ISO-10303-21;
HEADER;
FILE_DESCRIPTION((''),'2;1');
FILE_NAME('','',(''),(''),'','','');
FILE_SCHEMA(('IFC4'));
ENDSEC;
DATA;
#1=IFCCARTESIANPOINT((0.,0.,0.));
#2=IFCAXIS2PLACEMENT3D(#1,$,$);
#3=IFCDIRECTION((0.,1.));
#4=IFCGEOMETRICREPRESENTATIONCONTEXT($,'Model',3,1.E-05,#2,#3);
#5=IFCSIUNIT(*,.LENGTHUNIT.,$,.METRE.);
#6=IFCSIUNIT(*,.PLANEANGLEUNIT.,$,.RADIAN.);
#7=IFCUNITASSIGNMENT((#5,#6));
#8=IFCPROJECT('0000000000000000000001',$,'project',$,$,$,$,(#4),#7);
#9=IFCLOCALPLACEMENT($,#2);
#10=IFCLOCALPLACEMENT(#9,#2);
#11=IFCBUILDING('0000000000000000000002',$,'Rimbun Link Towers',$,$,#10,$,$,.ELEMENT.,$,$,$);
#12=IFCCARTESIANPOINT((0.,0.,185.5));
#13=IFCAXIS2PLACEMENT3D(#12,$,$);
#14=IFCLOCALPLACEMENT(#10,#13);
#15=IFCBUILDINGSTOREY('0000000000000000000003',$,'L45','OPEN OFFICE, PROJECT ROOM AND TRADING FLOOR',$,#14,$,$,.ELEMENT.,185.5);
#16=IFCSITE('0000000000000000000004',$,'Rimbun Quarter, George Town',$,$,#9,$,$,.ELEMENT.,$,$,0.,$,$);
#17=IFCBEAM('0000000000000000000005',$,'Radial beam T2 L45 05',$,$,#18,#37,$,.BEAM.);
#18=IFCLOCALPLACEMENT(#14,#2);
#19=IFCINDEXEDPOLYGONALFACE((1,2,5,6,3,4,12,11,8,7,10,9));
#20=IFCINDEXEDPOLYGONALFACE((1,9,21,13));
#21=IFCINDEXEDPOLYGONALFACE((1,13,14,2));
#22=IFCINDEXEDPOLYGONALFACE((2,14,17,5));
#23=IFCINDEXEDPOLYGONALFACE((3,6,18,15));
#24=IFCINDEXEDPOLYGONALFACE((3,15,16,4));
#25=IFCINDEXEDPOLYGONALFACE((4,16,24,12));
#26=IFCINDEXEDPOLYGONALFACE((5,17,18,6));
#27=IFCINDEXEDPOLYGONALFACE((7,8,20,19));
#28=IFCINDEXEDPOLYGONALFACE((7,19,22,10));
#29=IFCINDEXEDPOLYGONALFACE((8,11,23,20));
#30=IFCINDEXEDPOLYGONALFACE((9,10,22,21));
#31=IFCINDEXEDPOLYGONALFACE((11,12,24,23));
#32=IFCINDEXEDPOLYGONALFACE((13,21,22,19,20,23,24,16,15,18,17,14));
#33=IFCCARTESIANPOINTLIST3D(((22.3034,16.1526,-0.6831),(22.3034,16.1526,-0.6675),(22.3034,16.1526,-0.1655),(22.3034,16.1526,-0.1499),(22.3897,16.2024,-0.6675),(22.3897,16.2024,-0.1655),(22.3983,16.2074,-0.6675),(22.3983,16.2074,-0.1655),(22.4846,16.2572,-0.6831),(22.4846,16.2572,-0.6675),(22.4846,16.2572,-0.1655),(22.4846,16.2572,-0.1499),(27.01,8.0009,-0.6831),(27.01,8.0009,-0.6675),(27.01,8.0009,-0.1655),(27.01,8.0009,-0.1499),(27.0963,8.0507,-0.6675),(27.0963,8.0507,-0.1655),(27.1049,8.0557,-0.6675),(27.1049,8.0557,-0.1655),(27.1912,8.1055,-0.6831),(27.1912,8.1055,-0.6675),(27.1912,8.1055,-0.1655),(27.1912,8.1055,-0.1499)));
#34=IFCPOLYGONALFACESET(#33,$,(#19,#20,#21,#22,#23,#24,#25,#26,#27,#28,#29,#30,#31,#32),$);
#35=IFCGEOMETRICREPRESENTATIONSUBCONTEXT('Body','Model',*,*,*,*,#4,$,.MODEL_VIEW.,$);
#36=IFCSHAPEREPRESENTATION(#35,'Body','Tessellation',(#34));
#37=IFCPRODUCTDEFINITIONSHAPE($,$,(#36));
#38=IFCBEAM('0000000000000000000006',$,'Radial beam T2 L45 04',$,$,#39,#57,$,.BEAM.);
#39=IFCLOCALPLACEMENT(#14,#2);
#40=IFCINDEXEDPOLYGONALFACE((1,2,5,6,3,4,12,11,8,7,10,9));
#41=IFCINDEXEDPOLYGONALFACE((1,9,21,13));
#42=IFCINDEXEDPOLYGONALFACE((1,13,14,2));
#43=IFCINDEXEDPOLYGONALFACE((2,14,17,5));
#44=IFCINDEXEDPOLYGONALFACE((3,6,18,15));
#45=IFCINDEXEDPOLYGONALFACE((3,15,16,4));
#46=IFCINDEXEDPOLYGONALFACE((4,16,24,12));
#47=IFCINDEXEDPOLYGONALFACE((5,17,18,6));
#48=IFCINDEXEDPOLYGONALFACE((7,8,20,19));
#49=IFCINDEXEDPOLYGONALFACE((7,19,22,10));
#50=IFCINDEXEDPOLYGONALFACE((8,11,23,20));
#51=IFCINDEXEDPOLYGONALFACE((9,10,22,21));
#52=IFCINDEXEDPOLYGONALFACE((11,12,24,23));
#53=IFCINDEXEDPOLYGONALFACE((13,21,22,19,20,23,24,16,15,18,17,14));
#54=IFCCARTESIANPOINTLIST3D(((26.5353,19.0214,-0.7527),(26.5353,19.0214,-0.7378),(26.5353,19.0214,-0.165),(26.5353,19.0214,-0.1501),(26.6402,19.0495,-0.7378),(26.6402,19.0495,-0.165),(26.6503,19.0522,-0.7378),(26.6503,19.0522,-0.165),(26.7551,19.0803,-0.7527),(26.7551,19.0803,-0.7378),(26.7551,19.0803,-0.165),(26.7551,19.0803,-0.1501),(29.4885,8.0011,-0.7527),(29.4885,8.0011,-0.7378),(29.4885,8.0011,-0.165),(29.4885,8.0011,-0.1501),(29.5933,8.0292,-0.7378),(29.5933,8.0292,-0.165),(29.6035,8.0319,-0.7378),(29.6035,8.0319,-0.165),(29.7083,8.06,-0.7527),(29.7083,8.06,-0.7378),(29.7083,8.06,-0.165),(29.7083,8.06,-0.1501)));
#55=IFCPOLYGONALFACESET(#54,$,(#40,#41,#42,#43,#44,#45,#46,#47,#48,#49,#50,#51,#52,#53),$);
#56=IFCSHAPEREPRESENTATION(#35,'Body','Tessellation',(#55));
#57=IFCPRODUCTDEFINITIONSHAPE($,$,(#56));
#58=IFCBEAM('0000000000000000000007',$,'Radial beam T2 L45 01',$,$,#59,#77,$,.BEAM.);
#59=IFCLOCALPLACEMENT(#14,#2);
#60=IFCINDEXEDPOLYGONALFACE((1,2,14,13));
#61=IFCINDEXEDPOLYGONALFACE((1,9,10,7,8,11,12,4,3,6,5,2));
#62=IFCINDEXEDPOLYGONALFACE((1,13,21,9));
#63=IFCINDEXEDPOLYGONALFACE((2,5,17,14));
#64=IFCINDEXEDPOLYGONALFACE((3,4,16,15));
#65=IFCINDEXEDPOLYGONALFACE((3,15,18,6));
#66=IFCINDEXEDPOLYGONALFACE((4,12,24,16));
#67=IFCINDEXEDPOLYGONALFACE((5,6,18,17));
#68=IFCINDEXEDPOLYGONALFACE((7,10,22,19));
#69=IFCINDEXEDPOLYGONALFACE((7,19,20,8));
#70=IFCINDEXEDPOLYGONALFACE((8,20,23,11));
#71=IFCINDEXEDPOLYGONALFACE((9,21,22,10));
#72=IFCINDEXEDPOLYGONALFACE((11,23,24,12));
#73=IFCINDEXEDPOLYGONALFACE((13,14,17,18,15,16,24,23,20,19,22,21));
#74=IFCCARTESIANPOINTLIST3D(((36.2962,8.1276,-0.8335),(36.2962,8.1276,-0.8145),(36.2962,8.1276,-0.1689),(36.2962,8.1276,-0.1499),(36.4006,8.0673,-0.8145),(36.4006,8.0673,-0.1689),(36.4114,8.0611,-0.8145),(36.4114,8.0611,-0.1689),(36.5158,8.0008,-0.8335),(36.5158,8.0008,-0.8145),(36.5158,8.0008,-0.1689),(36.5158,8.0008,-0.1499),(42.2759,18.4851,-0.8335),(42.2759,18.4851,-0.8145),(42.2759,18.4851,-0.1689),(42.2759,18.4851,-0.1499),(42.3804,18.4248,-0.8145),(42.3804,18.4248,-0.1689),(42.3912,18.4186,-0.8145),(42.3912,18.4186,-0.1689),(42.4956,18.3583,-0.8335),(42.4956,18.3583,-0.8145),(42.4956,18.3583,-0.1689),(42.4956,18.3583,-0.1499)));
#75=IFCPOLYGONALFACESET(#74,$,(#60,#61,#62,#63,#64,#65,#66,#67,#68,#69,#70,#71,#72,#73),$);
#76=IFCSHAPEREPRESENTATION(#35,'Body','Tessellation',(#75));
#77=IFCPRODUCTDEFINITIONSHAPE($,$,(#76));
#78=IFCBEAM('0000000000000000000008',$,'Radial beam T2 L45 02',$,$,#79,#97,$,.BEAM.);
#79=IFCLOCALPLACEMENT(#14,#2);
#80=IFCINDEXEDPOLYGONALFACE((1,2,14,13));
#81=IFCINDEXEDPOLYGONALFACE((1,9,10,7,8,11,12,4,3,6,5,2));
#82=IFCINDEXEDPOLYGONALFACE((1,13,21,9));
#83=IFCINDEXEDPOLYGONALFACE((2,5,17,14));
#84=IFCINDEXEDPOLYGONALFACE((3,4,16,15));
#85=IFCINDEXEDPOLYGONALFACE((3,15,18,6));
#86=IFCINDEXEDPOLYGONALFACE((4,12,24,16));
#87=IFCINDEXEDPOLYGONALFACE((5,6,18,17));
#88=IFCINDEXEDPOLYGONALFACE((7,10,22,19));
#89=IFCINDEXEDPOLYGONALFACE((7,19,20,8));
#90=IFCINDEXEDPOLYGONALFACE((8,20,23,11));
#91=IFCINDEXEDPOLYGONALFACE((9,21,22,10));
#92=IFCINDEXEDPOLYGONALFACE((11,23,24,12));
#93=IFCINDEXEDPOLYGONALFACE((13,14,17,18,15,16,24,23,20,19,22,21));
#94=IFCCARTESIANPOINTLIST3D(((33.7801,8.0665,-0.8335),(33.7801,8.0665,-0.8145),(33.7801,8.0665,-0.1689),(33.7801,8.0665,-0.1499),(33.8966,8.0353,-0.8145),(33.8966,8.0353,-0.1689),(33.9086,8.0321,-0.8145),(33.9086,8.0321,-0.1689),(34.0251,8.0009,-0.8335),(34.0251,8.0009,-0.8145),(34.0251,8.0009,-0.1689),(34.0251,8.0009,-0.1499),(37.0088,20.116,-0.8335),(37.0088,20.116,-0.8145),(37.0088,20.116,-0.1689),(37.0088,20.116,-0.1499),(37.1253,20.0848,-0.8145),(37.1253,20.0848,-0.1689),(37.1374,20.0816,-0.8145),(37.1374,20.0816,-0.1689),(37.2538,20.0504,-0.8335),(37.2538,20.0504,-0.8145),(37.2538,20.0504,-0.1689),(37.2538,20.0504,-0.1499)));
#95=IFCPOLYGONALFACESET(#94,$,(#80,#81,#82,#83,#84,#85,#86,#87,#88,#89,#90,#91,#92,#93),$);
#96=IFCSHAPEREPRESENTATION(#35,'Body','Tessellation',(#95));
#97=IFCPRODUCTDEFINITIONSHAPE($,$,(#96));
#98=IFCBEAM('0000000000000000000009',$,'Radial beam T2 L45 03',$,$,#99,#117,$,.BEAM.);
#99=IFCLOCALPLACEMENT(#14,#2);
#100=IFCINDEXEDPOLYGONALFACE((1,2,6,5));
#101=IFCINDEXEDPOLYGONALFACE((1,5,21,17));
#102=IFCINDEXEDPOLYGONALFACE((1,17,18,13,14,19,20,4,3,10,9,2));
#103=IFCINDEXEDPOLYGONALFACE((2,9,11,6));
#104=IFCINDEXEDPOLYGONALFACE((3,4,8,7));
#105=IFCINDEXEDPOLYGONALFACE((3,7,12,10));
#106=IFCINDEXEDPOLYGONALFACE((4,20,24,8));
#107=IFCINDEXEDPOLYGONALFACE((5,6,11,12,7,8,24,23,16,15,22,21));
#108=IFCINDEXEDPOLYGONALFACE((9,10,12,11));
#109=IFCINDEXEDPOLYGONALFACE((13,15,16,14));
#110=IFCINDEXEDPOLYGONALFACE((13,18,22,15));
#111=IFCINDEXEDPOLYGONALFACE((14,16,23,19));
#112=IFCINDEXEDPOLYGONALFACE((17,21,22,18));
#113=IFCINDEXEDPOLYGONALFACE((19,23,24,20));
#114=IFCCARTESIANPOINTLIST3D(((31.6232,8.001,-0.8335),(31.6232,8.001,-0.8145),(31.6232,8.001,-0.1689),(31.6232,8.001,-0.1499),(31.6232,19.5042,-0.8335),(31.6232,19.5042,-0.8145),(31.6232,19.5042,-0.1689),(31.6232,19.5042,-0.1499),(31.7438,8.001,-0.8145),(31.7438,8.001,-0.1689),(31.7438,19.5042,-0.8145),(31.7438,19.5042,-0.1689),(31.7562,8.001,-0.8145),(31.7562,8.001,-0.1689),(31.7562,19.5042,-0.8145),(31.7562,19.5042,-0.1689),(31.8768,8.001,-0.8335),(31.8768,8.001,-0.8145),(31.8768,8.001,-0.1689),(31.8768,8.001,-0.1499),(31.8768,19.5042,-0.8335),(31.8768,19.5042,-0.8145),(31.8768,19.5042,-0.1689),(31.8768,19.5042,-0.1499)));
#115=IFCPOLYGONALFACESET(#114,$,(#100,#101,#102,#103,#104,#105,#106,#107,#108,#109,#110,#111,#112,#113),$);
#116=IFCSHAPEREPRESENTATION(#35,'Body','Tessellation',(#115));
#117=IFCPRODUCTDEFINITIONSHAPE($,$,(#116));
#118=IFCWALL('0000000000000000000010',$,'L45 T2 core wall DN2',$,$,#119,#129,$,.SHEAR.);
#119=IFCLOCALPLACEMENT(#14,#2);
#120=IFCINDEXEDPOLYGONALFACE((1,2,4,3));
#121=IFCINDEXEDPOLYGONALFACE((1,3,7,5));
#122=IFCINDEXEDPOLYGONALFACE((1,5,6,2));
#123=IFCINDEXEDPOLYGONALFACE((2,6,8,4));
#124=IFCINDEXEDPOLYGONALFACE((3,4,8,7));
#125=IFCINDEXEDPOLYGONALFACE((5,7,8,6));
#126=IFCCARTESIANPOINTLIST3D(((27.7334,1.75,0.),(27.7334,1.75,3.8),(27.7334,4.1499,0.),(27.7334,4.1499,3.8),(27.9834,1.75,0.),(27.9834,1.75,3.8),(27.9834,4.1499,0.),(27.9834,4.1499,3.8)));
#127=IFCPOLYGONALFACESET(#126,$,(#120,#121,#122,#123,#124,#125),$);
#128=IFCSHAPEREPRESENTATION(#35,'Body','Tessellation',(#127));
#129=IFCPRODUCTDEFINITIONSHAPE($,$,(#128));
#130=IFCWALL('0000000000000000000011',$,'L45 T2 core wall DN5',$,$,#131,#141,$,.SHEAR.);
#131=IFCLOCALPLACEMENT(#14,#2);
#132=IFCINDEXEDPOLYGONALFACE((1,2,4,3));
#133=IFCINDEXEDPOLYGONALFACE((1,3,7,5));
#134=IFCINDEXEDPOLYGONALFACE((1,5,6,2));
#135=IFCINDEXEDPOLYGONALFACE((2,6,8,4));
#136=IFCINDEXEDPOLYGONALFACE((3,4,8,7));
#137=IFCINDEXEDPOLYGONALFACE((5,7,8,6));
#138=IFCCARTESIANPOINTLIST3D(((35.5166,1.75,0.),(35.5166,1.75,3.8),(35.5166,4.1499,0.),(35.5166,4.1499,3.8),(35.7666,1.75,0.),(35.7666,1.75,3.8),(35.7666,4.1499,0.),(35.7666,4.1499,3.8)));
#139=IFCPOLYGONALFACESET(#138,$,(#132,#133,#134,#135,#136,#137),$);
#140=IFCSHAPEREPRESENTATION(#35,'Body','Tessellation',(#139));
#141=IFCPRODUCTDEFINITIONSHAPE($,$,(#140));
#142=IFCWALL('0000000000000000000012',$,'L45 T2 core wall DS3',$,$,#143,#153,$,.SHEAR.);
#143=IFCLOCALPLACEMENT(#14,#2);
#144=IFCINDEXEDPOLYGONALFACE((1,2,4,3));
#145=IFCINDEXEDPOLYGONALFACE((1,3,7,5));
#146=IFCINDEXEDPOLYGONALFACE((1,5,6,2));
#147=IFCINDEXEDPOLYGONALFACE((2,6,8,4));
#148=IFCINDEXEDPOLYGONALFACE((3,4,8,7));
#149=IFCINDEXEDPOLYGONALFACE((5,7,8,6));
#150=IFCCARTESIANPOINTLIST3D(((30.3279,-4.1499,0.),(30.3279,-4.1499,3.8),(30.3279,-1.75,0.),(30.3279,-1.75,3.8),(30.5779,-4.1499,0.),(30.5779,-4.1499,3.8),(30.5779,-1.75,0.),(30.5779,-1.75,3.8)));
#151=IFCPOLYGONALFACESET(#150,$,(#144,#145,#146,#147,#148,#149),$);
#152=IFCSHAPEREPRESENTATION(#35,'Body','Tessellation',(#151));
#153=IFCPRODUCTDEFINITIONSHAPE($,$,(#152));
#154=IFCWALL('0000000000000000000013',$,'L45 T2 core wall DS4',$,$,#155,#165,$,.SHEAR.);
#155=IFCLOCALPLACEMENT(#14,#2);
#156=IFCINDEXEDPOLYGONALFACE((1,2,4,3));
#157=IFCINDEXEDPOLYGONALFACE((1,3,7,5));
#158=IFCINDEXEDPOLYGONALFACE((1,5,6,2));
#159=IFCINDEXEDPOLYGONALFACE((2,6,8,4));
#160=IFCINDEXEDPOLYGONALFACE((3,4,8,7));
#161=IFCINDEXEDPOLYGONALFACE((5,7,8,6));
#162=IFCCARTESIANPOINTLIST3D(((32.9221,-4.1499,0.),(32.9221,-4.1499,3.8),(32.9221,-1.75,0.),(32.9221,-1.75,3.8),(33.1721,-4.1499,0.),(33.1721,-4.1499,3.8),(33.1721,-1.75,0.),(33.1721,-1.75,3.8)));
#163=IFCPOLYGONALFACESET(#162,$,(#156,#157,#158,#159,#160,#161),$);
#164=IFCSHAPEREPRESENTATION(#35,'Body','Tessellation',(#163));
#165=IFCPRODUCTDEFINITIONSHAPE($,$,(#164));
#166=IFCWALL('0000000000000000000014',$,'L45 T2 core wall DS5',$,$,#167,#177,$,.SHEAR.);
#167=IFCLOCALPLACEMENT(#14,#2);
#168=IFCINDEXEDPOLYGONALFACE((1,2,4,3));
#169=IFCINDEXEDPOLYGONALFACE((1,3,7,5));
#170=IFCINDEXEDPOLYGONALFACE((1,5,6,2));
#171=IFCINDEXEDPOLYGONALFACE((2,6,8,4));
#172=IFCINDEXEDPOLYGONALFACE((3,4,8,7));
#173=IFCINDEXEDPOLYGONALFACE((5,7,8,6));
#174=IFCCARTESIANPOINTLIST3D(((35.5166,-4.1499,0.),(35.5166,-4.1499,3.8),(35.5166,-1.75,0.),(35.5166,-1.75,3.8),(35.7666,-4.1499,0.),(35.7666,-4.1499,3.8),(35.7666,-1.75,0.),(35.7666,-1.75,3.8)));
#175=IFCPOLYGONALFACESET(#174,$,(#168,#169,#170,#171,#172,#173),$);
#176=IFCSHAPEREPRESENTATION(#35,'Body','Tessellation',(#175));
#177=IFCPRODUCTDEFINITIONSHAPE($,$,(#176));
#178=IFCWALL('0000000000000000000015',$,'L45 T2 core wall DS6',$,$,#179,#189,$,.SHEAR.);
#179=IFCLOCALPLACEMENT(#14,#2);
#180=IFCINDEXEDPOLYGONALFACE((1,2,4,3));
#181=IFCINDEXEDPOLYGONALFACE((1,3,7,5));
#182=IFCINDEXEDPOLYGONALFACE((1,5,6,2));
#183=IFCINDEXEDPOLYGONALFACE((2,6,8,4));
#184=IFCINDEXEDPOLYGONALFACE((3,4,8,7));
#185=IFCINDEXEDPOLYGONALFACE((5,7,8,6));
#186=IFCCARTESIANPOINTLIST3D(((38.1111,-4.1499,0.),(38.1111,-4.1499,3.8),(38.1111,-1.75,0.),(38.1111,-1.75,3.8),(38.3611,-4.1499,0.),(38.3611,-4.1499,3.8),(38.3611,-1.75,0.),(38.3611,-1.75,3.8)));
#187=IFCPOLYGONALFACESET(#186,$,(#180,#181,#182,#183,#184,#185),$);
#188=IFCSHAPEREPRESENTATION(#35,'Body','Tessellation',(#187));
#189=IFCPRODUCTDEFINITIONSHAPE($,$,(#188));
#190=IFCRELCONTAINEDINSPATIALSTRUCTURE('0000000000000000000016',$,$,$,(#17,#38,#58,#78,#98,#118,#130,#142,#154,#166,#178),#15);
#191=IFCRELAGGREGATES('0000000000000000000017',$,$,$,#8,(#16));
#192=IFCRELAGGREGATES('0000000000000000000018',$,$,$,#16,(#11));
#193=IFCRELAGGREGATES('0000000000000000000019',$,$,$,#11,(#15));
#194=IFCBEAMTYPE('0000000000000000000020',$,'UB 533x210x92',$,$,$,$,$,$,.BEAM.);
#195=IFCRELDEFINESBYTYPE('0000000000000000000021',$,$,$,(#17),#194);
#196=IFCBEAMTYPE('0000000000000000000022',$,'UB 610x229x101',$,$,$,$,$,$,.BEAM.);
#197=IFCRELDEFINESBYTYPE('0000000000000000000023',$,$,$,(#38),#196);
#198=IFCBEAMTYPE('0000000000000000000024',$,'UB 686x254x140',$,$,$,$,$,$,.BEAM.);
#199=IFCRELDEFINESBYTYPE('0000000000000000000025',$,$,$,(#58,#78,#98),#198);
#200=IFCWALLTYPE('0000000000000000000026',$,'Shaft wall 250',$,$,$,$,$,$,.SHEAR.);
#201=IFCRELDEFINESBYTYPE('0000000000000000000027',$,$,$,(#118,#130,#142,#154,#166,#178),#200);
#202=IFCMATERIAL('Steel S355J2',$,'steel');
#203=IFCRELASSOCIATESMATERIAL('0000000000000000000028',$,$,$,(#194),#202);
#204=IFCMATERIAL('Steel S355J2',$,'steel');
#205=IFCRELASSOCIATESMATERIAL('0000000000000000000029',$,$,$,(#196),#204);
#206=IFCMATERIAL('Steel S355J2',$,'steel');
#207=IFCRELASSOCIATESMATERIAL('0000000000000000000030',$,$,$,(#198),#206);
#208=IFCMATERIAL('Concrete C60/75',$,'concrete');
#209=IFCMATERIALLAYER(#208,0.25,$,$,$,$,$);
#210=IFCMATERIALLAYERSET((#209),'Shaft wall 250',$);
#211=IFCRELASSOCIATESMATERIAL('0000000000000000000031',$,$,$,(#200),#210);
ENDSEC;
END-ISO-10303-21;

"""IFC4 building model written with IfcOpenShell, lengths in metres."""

from ifc_helpers import new_model, si_unit, direction, frame, frame_2d, origin, origin_2d, place, context, subcontext, project, spatial, rectangle, i_section, extrude, material, layer, layer_set, material_profile, profile_set, type_object, element, save


model = new_model("IFC4")

# Units and contexts
model_context = context("Model", 3, precision=1e-05, world=origin(), true_north=direction((0.0, 1.0)))
body_context = subcontext(model_context, "Body", "Model", "MODEL_VIEW")
ifc_project = project(units=[si_unit("LENGTHUNIT", "METRE"), si_unit("PLANEANGLEUNIT", "RADIAN")], contexts=[model_context])

# Site, building, storey
site_placement = place(None, origin())
site = spatial("IfcSite", under=ifc_project, at=site_placement, Name="Rimbun Quarter, George Town", CompositionType="ELEMENT", RefElevation=0.0)
building_placement = place(site_placement, origin())
building = spatial("IfcBuilding", under=site, at=building_placement, Name="Rimbun Link Towers", CompositionType="ELEMENT")
storey_placement = place(building_placement, frame((0.0, 0.0, 185.5)))
storey = spatial("IfcBuildingStorey", under=building, at=storey_placement, Name="L45", Description="OPEN OFFICE, PROJECT ROOM AND TRADING FLOOR", CompositionType="ELEMENT", Elevation=185.5)

# Beams
ifc_material_1 = material(Name="Steel S355J2", Category="steel")
ifc_material_profile_1 = material_profile(ifc_material_1, i_section(OverallWidth=0.2092, OverallDepth=0.5332, WebThickness=0.01, FlangeThickness=0.0156, at=origin_2d()), Name="UB 533x210x92")
ifc_profile_set_1 = profile_set([ifc_material_profile_1], Name="Steel S355J2")
beam_type_1 = type_object("IfcBeamType", Name="UB 533x210x92", PredefinedType="BEAM", material=ifc_profile_set_1)
beam_1_placement = place(storey_placement, frame((27.1006, 8.0532, -0.4165), z_axis=(-0.500017, 0.866016, 0.0), x_axis=(-0.866016, -0.500017, 0.0)))
element("IfcBeam", 1, at=beam_1_placement, inside=storey, type_object=beam_type_1, Name="Radial beam T2 L45 05", PredefinedType="BEAM", context=body_context, shape_type="SweptSolid", body=[
    extrude(i_section(OverallWidth=0.2092, OverallDepth=0.5332, WebThickness=0.01, FlangeThickness=0.0156, at=origin_2d()), origin(), (0.0, 0.0, 1.0), 9.4128),
])
ifc_material_2 = material(Name="Steel S355J2", Category="steel")
ifc_material_profile_2 = material_profile(ifc_material_2, i_section(OverallWidth=0.2275, OverallDepth=0.6025, WebThickness=0.0105, FlangeThickness=0.0149, at=origin_2d()), Name="UB 610x229x101")
ifc_profile_set_2 = profile_set([ifc_material_profile_2], Name="Steel S355J2")
beam_type_2 = type_object("IfcBeamType", Name="UB 610x229x101", PredefinedType="BEAM", material=ifc_profile_set_2)
beam_2_placement = place(storey_placement, frame((29.5984, 8.0305, -0.4514), z_axis=(-0.25884, 0.96592, 0.0), x_axis=(-0.96592, -0.25884, 0.0)))
element("IfcBeam", 2, at=beam_2_placement, inside=storey, type_object=beam_type_2, Name="Radial beam T2 L45 04", PredefinedType="BEAM", context=body_context, shape_type="SweptSolid", body=[
    extrude(i_section(OverallWidth=0.2275, OverallDepth=0.6025, WebThickness=0.0105, FlangeThickness=0.0149, at=origin_2d()), origin(), (0.0, 0.0, 1.0), 11.4092),
])
ifc_material_3 = material(Name="Steel S355J2", Category="steel")
ifc_material_profile_3 = material_profile(ifc_material_3, i_section(OverallWidth=0.2537, OverallDepth=0.6836, WebThickness=0.0125, FlangeThickness=0.019, at=origin_2d()), Name="UB 686x254x140")
ifc_profile_set_3 = profile_set([ifc_material_profile_3], Name="Steel S355J2")
beam_type_3 = type_object("IfcBeamType", Name="UB 686x254x140", PredefinedType="BEAM", material=ifc_profile_set_3)
beam_3_placement = place(storey_placement, frame((36.406, 8.0642, -0.4917), z_axis=(0.499992, 0.86603, 0.0), x_axis=(-0.86603, 0.499992, 0.0)))
element("IfcBeam", 3, at=beam_3_placement, inside=storey, type_object=beam_type_3, Name="Radial beam T2 L45 01", PredefinedType="BEAM", context=body_context, shape_type="SweptSolid", body=[
    extrude(i_section(OverallWidth=0.2537, OverallDepth=0.6836, WebThickness=0.0125, FlangeThickness=0.019, at=origin_2d()), origin(), (0.0, 0.0, 1.0), 11.9597),
])
beam_4_placement = place(storey_placement, frame((33.9026, 8.0337, -0.4917), z_axis=(0.258826, 0.965924, 0.0), x_axis=(-0.965924, 0.258826, 0.0)))
element("IfcBeam", 4, at=beam_4_placement, inside=storey, type_object=beam_type_3, Name="Radial beam T2 L45 02", PredefinedType="BEAM", context=body_context, shape_type="SweptSolid", body=[
    extrude(i_section(OverallWidth=0.2537, OverallDepth=0.6836, WebThickness=0.0125, FlangeThickness=0.019, at=origin_2d()), origin(), (0.0, 0.0, 1.0), 12.4746),
])
beam_5_placement = place(storey_placement, frame((31.75, 8.001, -0.4917), z_axis=(0.0, 1.0, 0.0), x_axis=(-1.0, 0.0, 0.0)))
element("IfcBeam", 5, at=beam_5_placement, inside=storey, type_object=beam_type_3, Name="Radial beam T2 L45 03", PredefinedType="BEAM", context=body_context, shape_type="SweptSolid", body=[
    extrude(i_section(OverallWidth=0.2537, OverallDepth=0.6836, WebThickness=0.0125, FlangeThickness=0.019, at=origin_2d()), origin(), (0.0, 0.0, 1.0), 11.5032),
])

# Walls
ifc_material_4 = material(Name="Concrete C60/75", Category="concrete")
ifc_layer = layer(ifc_material_4, 0.25)
ifc_layer_set = layer_set([ifc_layer], Name="Shaft wall 250")
wall_type = type_object("IfcWallType", Name="Shaft wall 250", PredefinedType="SHEAR", material=ifc_layer_set)
for number, where, z_axis, x_axis, name in (
    (6, (27.8584, 1.75, 0.0), (0.0, 0.0, 1.0), (0.0, 1.0, 0.0), "L45 T2 core wall DN2"),
    (7, (35.6416, 1.75, 0.0), (0.0, 0.0, 1.0), (0.0, 1.0, 0.0), "L45 T2 core wall DN5"),
    (8, (30.4529, -4.1499, 0.0), (0.0, 0.0, 1.0), (0.0, 1.0, 0.0), "L45 T2 core wall DS3"),
    (9, (33.0471, -4.1499, 0.0), (0.0, 0.0, 1.0), (0.0, 1.0, 0.0), "L45 T2 core wall DS4"),
    (10, (35.6416, -4.1499, 0.0), (0.0, 0.0, 1.0), (0.0, 1.0, 0.0), "L45 T2 core wall DS5"),
    (11, (38.2361, -4.1499, 0.0), (0.0, 0.0, 1.0), (0.0, 1.0, 0.0), "L45 T2 core wall DS6"),
):
    element("IfcWall", number, at=place(storey_placement, frame(where, z_axis=z_axis, x_axis=x_axis)), inside=storey, type_object=wall_type, Name=name, PredefinedType="SHEAR", context=body_context, shape_type="SweptSolid", body=[
        extrude(rectangle(XDim=2.3999, YDim=0.25, at=frame_2d((1.2, 0.0))), origin(), (0.0, 0.0, 1.0), 3.8),
    ])

save(model, "model.ifc")
